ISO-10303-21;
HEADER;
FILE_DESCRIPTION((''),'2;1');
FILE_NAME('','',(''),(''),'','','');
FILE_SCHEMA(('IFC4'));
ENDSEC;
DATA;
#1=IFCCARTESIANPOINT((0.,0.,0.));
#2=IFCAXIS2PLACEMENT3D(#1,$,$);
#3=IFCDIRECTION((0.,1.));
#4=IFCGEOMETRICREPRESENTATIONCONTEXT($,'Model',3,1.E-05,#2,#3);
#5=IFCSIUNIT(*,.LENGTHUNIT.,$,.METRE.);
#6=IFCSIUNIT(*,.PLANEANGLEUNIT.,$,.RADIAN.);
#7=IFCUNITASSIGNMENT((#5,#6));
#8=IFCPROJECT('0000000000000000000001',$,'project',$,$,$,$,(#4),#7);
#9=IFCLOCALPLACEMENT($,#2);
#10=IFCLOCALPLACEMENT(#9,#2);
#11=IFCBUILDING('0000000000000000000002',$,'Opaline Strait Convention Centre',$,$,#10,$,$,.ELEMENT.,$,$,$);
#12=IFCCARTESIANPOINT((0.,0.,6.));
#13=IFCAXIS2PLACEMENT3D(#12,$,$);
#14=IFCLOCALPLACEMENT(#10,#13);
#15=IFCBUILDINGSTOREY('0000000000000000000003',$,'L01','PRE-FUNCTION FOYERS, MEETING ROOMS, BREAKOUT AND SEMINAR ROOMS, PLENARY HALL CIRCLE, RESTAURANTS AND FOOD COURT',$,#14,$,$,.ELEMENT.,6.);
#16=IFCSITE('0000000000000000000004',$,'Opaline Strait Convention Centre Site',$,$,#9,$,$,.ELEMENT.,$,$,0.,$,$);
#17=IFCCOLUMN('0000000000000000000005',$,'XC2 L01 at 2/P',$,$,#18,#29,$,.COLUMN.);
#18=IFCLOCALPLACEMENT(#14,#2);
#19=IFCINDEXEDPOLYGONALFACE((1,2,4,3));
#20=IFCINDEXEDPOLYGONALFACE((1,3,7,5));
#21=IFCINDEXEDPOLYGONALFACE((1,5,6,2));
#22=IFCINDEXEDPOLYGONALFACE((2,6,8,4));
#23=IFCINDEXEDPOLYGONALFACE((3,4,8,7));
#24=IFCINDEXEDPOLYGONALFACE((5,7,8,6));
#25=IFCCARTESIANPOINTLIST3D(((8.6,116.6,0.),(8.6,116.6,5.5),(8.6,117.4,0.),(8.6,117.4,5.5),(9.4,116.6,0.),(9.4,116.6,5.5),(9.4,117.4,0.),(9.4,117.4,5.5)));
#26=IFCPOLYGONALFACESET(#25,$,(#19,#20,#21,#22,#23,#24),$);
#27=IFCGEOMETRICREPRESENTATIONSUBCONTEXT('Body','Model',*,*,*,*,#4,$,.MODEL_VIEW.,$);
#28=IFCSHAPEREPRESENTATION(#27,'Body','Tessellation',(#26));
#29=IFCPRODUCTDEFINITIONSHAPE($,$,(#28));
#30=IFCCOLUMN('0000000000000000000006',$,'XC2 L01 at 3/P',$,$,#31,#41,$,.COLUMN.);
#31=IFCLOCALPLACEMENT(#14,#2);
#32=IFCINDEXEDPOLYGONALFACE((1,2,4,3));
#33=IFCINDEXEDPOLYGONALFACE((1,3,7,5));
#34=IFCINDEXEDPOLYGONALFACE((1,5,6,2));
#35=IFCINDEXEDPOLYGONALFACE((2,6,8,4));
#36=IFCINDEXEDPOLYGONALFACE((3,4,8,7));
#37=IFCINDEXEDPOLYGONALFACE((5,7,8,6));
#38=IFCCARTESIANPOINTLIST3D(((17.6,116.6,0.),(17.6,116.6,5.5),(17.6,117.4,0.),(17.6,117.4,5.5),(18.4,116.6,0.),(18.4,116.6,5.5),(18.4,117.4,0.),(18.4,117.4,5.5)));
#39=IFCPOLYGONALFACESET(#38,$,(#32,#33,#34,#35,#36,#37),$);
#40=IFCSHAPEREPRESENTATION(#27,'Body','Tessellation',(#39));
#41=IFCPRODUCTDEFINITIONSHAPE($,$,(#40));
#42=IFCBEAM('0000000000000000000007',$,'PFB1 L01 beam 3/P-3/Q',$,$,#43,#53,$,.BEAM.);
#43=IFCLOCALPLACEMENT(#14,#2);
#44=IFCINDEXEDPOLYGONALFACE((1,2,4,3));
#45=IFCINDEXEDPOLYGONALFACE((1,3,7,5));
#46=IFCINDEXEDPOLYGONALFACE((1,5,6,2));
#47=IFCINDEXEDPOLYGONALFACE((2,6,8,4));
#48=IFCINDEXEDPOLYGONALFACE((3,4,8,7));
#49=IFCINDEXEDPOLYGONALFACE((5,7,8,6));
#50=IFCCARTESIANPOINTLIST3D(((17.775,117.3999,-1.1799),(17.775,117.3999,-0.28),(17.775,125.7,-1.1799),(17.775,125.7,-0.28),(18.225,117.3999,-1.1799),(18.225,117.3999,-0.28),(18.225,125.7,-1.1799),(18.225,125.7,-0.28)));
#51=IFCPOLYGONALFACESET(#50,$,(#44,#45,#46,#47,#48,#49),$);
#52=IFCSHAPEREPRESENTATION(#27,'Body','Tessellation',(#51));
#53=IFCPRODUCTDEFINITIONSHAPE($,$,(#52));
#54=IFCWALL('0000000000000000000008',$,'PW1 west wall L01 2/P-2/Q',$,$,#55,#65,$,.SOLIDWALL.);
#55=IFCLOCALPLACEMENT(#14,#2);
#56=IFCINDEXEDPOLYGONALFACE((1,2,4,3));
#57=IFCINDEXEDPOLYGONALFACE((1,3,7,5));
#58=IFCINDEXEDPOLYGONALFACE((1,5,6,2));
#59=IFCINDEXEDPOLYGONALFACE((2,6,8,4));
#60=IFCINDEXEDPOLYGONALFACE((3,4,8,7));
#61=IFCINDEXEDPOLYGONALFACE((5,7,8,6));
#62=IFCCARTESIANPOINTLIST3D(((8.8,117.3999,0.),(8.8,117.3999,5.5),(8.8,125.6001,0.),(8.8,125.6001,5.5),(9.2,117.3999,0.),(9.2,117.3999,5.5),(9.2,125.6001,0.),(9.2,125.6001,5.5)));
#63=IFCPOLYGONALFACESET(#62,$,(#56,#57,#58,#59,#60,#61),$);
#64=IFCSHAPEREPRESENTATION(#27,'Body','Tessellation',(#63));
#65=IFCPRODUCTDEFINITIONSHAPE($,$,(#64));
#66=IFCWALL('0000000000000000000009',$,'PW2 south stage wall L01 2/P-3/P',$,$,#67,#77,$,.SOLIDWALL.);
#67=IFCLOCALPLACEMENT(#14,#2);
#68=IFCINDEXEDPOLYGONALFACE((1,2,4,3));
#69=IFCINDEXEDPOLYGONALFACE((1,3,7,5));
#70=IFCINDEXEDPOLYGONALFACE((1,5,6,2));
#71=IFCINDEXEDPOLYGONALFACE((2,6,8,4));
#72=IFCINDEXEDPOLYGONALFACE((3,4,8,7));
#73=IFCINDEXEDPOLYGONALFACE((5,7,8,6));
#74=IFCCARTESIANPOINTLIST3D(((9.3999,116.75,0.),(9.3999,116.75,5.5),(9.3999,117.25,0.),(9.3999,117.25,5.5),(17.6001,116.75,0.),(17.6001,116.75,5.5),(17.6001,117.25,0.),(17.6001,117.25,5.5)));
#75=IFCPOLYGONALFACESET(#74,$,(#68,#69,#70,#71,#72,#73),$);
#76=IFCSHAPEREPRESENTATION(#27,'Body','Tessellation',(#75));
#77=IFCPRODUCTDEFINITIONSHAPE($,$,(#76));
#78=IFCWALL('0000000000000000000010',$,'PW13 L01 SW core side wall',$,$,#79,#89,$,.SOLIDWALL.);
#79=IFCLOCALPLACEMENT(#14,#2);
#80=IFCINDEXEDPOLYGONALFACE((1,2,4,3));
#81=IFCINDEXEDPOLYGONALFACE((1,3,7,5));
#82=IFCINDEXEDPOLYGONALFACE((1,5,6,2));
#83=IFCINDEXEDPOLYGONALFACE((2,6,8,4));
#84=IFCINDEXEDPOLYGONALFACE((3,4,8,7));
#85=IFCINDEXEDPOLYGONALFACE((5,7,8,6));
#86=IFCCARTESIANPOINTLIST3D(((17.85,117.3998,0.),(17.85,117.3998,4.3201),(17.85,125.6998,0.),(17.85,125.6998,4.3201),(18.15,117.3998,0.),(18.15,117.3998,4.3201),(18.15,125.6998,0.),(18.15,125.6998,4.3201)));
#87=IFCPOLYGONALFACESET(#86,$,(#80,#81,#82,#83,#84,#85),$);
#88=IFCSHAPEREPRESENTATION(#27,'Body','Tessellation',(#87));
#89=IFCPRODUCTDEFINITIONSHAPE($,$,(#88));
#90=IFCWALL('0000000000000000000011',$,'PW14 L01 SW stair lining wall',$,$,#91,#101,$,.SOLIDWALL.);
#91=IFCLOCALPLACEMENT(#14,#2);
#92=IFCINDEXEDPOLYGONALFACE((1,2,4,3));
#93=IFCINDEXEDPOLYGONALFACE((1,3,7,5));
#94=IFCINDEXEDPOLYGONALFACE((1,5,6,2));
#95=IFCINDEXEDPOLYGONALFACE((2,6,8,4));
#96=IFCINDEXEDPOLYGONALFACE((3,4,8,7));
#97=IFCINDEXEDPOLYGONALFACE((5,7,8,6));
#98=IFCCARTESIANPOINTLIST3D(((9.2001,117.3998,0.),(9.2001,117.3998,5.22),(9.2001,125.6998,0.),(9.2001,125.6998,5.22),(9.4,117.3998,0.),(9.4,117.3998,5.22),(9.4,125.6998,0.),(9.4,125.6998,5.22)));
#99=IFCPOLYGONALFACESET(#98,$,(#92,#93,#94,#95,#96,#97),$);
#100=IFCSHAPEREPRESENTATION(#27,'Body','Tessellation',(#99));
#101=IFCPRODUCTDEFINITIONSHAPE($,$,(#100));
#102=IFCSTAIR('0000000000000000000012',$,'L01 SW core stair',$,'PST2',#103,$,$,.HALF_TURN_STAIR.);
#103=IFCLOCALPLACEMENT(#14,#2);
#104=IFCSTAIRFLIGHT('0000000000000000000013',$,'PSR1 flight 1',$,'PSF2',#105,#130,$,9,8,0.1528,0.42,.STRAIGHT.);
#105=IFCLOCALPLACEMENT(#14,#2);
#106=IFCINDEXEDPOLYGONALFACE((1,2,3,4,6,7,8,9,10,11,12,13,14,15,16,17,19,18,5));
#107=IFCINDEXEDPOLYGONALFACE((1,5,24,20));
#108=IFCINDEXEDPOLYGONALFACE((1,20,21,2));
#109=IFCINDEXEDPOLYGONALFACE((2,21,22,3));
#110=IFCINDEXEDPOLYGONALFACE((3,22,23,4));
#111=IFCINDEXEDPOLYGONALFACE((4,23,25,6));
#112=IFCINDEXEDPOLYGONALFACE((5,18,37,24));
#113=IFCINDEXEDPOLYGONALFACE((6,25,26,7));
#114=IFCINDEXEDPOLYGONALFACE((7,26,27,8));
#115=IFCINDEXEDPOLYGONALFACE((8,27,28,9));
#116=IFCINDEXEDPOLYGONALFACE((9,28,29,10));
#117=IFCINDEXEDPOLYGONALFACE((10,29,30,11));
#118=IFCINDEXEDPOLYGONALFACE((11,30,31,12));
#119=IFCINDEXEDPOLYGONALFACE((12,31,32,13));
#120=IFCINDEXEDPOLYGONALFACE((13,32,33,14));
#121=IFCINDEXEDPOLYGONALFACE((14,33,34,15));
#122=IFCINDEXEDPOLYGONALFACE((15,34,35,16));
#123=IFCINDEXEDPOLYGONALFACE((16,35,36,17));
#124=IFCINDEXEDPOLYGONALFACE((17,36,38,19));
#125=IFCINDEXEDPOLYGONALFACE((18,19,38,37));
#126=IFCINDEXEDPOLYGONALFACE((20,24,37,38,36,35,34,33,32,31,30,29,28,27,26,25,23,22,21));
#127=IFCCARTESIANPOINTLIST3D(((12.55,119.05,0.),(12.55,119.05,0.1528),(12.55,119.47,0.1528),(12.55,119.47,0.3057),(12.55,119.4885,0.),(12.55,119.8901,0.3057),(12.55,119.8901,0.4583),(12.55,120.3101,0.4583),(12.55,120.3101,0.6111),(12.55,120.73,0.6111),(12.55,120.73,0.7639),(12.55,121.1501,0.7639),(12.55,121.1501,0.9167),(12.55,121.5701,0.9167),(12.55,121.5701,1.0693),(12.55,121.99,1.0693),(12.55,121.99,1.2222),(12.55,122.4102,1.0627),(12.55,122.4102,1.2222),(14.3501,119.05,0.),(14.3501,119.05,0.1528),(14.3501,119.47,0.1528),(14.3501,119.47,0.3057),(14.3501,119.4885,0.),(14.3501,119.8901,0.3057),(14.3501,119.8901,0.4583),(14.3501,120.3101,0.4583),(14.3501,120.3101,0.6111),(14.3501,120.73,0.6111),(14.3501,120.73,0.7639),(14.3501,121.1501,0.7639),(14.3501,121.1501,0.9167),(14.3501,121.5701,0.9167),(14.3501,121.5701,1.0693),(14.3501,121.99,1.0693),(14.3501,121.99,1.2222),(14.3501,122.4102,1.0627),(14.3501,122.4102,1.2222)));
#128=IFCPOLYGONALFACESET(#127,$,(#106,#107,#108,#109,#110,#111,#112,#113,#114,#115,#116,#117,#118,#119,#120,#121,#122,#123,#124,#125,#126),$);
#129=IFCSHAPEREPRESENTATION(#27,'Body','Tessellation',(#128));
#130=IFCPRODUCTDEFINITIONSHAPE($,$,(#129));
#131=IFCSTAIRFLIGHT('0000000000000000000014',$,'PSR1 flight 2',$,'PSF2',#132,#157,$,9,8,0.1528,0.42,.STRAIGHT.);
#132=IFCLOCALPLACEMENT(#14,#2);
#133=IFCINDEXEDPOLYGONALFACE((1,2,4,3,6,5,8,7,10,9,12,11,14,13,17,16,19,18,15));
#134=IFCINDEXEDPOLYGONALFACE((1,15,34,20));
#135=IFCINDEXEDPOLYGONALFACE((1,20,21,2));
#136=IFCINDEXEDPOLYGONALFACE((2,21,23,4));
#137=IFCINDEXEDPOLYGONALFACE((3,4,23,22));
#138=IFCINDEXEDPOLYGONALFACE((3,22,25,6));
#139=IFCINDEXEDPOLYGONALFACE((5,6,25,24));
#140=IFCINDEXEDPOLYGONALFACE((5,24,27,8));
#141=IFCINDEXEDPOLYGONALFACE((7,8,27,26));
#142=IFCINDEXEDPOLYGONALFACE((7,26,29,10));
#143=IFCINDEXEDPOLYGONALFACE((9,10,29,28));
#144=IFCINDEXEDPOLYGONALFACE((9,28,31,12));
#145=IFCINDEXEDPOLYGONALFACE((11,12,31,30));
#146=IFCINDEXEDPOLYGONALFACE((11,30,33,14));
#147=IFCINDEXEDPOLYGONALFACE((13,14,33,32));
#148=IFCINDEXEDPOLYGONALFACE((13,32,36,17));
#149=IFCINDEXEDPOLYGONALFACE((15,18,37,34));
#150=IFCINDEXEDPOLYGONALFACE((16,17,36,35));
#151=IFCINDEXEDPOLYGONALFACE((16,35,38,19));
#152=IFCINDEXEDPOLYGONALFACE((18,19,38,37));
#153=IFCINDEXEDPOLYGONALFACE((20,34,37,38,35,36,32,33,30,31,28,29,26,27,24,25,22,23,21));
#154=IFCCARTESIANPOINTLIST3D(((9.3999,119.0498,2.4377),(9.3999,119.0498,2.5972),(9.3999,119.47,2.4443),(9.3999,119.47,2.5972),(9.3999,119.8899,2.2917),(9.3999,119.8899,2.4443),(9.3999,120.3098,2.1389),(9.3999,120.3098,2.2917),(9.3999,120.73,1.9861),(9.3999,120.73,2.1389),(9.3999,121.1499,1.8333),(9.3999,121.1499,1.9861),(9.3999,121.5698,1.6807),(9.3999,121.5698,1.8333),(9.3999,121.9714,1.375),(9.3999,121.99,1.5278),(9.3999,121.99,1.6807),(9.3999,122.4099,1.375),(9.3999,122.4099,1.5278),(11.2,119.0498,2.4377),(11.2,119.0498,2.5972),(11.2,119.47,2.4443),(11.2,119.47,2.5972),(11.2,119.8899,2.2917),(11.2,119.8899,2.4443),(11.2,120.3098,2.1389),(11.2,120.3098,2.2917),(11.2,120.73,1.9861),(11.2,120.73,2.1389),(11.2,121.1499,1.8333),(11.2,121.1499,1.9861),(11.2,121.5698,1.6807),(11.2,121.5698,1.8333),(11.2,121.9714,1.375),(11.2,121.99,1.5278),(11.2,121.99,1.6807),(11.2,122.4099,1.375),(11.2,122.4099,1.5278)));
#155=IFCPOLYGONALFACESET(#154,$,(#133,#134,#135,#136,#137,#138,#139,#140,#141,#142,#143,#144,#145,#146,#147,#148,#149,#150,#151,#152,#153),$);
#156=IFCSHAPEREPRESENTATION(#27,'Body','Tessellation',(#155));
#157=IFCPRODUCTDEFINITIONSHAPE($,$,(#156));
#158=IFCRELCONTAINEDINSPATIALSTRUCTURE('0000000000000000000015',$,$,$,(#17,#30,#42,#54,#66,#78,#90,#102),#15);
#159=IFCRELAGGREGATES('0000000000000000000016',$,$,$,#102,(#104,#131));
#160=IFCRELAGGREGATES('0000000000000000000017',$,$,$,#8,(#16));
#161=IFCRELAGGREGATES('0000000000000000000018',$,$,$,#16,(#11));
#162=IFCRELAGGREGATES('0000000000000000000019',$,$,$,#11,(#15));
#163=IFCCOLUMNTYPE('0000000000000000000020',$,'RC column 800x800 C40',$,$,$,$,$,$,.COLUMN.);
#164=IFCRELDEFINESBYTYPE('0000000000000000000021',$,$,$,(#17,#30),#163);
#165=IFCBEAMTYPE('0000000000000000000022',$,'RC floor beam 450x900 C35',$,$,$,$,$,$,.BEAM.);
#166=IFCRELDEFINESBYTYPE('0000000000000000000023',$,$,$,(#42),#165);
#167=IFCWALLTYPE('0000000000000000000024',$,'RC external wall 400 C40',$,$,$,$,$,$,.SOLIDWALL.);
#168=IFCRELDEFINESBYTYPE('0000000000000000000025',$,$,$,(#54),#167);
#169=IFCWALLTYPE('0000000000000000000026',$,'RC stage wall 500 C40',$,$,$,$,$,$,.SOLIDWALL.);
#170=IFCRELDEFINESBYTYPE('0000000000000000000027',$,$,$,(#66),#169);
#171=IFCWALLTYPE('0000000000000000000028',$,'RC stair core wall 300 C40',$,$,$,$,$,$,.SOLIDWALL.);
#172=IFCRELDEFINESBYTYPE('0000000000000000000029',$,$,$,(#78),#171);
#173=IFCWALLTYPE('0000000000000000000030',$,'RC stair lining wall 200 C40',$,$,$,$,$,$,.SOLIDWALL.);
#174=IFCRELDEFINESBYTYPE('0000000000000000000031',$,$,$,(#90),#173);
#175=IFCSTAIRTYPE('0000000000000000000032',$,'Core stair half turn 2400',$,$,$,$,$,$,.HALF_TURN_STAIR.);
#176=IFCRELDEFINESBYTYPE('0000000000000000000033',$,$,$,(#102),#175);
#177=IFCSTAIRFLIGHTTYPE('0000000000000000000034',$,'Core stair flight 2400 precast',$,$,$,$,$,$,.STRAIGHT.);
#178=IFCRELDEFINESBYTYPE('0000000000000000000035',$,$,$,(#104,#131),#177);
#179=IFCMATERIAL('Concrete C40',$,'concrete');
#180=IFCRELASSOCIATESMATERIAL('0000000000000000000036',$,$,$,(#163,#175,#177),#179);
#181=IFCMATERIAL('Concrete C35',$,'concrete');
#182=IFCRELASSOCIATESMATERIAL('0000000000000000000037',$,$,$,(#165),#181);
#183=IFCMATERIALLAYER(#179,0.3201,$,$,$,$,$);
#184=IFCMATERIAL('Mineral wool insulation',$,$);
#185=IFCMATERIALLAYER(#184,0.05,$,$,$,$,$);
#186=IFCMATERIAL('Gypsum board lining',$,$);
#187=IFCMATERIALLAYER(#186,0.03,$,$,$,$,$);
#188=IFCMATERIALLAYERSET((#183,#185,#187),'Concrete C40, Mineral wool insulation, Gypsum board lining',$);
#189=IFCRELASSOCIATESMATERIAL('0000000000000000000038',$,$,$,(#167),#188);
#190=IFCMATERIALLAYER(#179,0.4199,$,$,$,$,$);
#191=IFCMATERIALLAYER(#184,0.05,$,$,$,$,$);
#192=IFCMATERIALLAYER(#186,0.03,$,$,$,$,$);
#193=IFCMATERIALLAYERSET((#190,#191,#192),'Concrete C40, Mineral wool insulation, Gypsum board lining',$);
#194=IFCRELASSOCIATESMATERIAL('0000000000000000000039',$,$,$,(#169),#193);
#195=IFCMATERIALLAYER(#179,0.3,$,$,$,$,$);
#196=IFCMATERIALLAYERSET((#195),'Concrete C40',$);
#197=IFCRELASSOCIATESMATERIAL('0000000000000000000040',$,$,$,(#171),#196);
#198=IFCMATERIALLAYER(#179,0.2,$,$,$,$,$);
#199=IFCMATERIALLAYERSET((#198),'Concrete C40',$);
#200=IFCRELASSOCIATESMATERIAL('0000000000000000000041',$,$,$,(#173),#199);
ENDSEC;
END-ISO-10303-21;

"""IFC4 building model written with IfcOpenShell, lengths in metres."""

from ifc_helpers import new_model, si_unit, direction, frame, frame_2d, origin, origin_2d, place, context, subcontext, project, spatial, polyline, rectangle, outline, extrude, material, layer, layer_set, material_profile, profile_set, type_object, element, aggregate, save


model = new_model("IFC4")

# Units and contexts
model_context = context("Model", 3, precision=1e-05, world=origin(), true_north=direction((0.0, 1.0)))
body_context = subcontext(model_context, "Body", "Model", "MODEL_VIEW")
ifc_project = project(units=[si_unit("LENGTHUNIT", "METRE"), si_unit("PLANEANGLEUNIT", "RADIAN")], contexts=[model_context])

# Site, building, storey
site_placement = place(None, origin())
site = spatial("IfcSite", under=ifc_project, at=site_placement, Name="Opaline Strait Convention Centre Site", CompositionType="ELEMENT", RefElevation=0.0)
building_placement = place(site_placement, origin())
building = spatial("IfcBuilding", under=site, at=building_placement, Name="Opaline Strait Convention Centre", CompositionType="ELEMENT")
storey_placement = place(building_placement, frame((0.0, 0.0, 6.0)))
storey = spatial("IfcBuildingStorey", under=building, at=storey_placement, Name="L01", Description="PRE-FUNCTION FOYERS, MEETING ROOMS, BREAKOUT AND SEMINAR ROOMS, PLENARY HALL CIRCLE, RESTAURANTS AND FOOD COURT", CompositionType="ELEMENT", Elevation=6.0)

# Columns
ifc_material_1 = material(Name="Concrete C40", Category="concrete")
ifc_material_profile_1 = material_profile(ifc_material_1, rectangle(XDim=0.8, YDim=0.8, at=origin_2d()), Name="RC 800x800")
ifc_profile_set_1 = profile_set([ifc_material_profile_1], Name="Concrete C40")
column_type = type_object("IfcColumnType", Name="RC column 800x800 C40", PredefinedType="COLUMN", material=ifc_profile_set_1)
for number, where, z_axis, x_axis, name in (
    (1, (9.0, 117.0, 0.0), (0.0, 0.0, 1.0), (1.0, 0.0, 0.0), "XC2 L01 at 2/P"),
    (2, (18.0, 117.0, 0.0), (0.0, 0.0, 1.0), (1.0, 0.0, 0.0), "XC2 L01 at 3/P"),
):
    element("IfcColumn", number, at=place(storey_placement, frame(where, z_axis=z_axis, x_axis=x_axis)), inside=storey, type_object=column_type, Name=name, PredefinedType="COLUMN", context=body_context, shape_type="SweptSolid", body=[
        extrude(rectangle(XDim=0.8, YDim=0.8, at=origin_2d()), origin(), (0.0, 0.0, 1.0), 5.5),
    ])

# Beam
ifc_material_2 = material(Name="Concrete C35", Category="concrete")
ifc_material_profile_2 = material_profile(ifc_material_2, rectangle(XDim=0.45, YDim=0.8999, at=origin_2d()), Name="RC 450x900")
ifc_profile_set_2 = profile_set([ifc_material_profile_2], Name="Concrete C35")
beam_type = type_object("IfcBeamType", Name="RC floor beam 450x900 C35", PredefinedType="BEAM", material=ifc_profile_set_2)
beam_placement = place(storey_placement, frame((18.0, 117.3999, -0.73), z_axis=(0.0, 1.0, 0.0), x_axis=(-1.0, 0.0, 0.0)))
element("IfcBeam", 3, at=beam_placement, inside=storey, type_object=beam_type, Name="PFB1 L01 beam 3/P-3/Q", PredefinedType="BEAM", context=body_context, shape_type="SweptSolid", body=[
    extrude(rectangle(XDim=0.45, YDim=0.8999, at=origin_2d()), origin(), (0.0, 0.0, 1.0), 8.3),
])

# Walls
ifc_layer_1 = layer(ifc_material_1, 0.3201)
ifc_material_3 = material(Name="Mineral wool insulation")
ifc_layer_2 = layer(ifc_material_3, 0.05)
ifc_material_4 = material(Name="Gypsum board lining")
ifc_layer_3 = layer(ifc_material_4, 0.03)
ifc_layer_set_1 = layer_set([ifc_layer_1, ifc_layer_2, ifc_layer_3], Name="Concrete C40, Mineral wool insulation, Gypsum board lining")
wall_type_1 = type_object("IfcWallType", Name="RC external wall 400 C40", PredefinedType="SOLIDWALL", material=ifc_layer_set_1)
wall_1_placement = place(storey_placement, frame((9.0, 117.3999, 0.0), z_axis=(0.0, 0.0, 1.0), x_axis=(0.0, 1.0, 0.0)))
element("IfcWall", 4, at=wall_1_placement, inside=storey, type_object=wall_type_1, Name="PW1 west wall L01 2/P-2/Q", PredefinedType="SOLIDWALL", context=body_context, shape_type="SweptSolid", body=[
    extrude(rectangle(XDim=8.2002, YDim=0.3999, at=frame_2d((4.1001, 0.0))), origin(), (0.0, 0.0, 1.0), 5.5),
])
ifc_layer_4 = layer(ifc_material_1, 0.4199)
ifc_layer_5 = layer(ifc_material_3, 0.05)
ifc_layer_6 = layer(ifc_material_4, 0.03)
ifc_layer_set_2 = layer_set([ifc_layer_4, ifc_layer_5, ifc_layer_6], Name="Concrete C40, Mineral wool insulation, Gypsum board lining")
wall_type_2 = type_object("IfcWallType", Name="RC stage wall 500 C40", PredefinedType="SOLIDWALL", material=ifc_layer_set_2)
wall_2_placement = place(storey_placement, frame((9.3999, 117.0, 0.0), z_axis=(0.0, 0.0, 1.0), x_axis=(1.0, 0.0, 0.0)))
element("IfcWall", 5, at=wall_2_placement, inside=storey, type_object=wall_type_2, Name="PW2 south stage wall L01 2/P-3/P", PredefinedType="SOLIDWALL", context=body_context, shape_type="SweptSolid", body=[
    extrude(rectangle(XDim=8.2002, YDim=0.5, at=frame_2d((4.1001, 0.0))), origin(), (0.0, 0.0, 1.0), 5.5),
])
ifc_layer_7 = layer(ifc_material_1, 0.3)
ifc_layer_set_3 = layer_set([ifc_layer_7], Name="Concrete C40")
wall_type_3 = type_object("IfcWallType", Name="RC stair core wall 300 C40", PredefinedType="SOLIDWALL", material=ifc_layer_set_3)
wall_3_placement = place(storey_placement, frame((18.0, 117.3999, 0.0), z_axis=(0.0, 0.0, 1.0), x_axis=(0.0, 1.0, 0.0)))
element("IfcWall", 6, at=wall_3_placement, inside=storey, type_object=wall_type_3, Name="PW13 L01 SW core side wall", PredefinedType="SOLIDWALL", context=body_context, shape_type="SweptSolid", body=[
    extrude(rectangle(XDim=8.3, YDim=0.3, at=frame_2d((4.1499, 0.0))), origin(), (0.0, 0.0, 1.0), 4.3201),
])
ifc_layer_8 = layer(ifc_material_1, 0.2)
ifc_layer_set_4 = layer_set([ifc_layer_8], Name="Concrete C40")
wall_type_4 = type_object("IfcWallType", Name="RC stair lining wall 200 C40", PredefinedType="SOLIDWALL", material=ifc_layer_set_4)
wall_4_placement = place(storey_placement, frame((9.3, 117.3999, 0.0), z_axis=(0.0, 0.0, 1.0), x_axis=(0.0, 1.0, 0.0)))
element("IfcWall", 7, at=wall_4_placement, inside=storey, type_object=wall_type_4, Name="PW14 L01 SW stair lining wall", PredefinedType="SOLIDWALL", context=body_context, shape_type="SweptSolid", body=[
    extrude(rectangle(XDim=8.3, YDim=0.2, at=frame_2d((4.1499, 0.0))), origin(), (0.0, 0.0, 1.0), 5.22),
])

# Stair, stair flights
stair_type = type_object("IfcStairType", Name="Core stair half turn 2400", PredefinedType="HALF_TURN_STAIR", material=ifc_material_1)
stair_placement = place(storey_placement, origin())
stair = element("IfcStair", 8, at=stair_placement, inside=storey, type_object=stair_type, Name="L01 SW core stair", ObjectType="PST2", PredefinedType="HALF_TURN_STAIR")
stair_flight_type = type_object("IfcStairFlightType", Name="Core stair flight 2400 precast", PredefinedType="STRAIGHT", material=ifc_material_1)
stair_flight_1_placement = place(storey_placement, frame((13.45, 119.05, 0.0), z_axis=(0.0, 0.0, 1.0), x_axis=(0.0, 1.0, 0.0)))
stair_flight_1 = element("IfcStairFlight", 9, at=stair_flight_1_placement, type_object=stair_flight_type, Name="PSR1 flight 1", ObjectType="PSF2", NumberOfRisers=9, NumberOfTreads=8, PredefinedType="STRAIGHT", RiserHeight=0.1528, TreadLength=0.42, context=body_context, shape_type="SweptSolid", body=[
    extrude(outline(polyline([(0.0, 0.0), (0.0, 0.1528), (0.4199, 0.1528), (0.4199, 0.3057), (0.8401, 0.3057), (0.8401, 0.4583), (1.26, 0.4583), (1.26, 0.6111), (1.6799, 0.6111), (1.6799, 0.7639), (2.1001, 0.7639), (2.1001, 0.9167), (2.52, 0.9167), (2.52, 1.0693), (2.9399, 1.0693), (2.9399, 1.2222), (3.3601, 1.2222), (3.3601, 1.375), (3.3601, 1.0627), (0.4385, 0.0), (0.0, 0.0)])), frame((0.0, 0.8999, 0.0), z_axis=(0.0, -1.0, 0.0), x_axis=(1.0, 0.0, 0.0)), (0.0, 0.0, 1.0), 1.8),
])
stair_flight_2_placement = place(storey_placement, frame((10.3, 122.4099, 1.375), z_axis=(0.0, 0.0, 1.0), x_axis=(0.0, -1.0, 0.0)))
stair_flight_2 = element("IfcStairFlight", 10, at=stair_flight_2_placement, type_object=stair_flight_type, Name="PSR1 flight 2", ObjectType="PSF2", NumberOfRisers=9, NumberOfTreads=8, PredefinedType="STRAIGHT", RiserHeight=0.1528, TreadLength=0.42, context=body_context, shape_type="SweptSolid", body=[
    extrude(outline(polyline([(0.0, 0.0), (0.0, 0.1528), (0.4199, 0.1528), (0.4199, 0.3057), (0.8401, 0.3057), (0.8401, 0.4583), (1.26, 0.4583), (1.26, 0.6111), (1.6799, 0.6111), (1.6799, 0.7639), (2.1001, 0.7639), (2.1001, 0.9167), (2.52, 0.9167), (2.52, 1.0693), (2.9399, 1.0693), (2.9399, 1.2222), (3.3601, 1.2222), (3.3601, 1.375), (3.3601, 1.0627), (0.4385, 0.0), (0.0, 0.0)])), frame((0.0, 0.8999, 0.0), z_axis=(0.0, -1.0, 0.0), x_axis=(1.0, 0.0, 0.0)), (0.0, 0.0, 1.0), 1.8),
])
aggregate(stair, [stair_flight_1, stair_flight_2])

save(model, "model.ifc")
